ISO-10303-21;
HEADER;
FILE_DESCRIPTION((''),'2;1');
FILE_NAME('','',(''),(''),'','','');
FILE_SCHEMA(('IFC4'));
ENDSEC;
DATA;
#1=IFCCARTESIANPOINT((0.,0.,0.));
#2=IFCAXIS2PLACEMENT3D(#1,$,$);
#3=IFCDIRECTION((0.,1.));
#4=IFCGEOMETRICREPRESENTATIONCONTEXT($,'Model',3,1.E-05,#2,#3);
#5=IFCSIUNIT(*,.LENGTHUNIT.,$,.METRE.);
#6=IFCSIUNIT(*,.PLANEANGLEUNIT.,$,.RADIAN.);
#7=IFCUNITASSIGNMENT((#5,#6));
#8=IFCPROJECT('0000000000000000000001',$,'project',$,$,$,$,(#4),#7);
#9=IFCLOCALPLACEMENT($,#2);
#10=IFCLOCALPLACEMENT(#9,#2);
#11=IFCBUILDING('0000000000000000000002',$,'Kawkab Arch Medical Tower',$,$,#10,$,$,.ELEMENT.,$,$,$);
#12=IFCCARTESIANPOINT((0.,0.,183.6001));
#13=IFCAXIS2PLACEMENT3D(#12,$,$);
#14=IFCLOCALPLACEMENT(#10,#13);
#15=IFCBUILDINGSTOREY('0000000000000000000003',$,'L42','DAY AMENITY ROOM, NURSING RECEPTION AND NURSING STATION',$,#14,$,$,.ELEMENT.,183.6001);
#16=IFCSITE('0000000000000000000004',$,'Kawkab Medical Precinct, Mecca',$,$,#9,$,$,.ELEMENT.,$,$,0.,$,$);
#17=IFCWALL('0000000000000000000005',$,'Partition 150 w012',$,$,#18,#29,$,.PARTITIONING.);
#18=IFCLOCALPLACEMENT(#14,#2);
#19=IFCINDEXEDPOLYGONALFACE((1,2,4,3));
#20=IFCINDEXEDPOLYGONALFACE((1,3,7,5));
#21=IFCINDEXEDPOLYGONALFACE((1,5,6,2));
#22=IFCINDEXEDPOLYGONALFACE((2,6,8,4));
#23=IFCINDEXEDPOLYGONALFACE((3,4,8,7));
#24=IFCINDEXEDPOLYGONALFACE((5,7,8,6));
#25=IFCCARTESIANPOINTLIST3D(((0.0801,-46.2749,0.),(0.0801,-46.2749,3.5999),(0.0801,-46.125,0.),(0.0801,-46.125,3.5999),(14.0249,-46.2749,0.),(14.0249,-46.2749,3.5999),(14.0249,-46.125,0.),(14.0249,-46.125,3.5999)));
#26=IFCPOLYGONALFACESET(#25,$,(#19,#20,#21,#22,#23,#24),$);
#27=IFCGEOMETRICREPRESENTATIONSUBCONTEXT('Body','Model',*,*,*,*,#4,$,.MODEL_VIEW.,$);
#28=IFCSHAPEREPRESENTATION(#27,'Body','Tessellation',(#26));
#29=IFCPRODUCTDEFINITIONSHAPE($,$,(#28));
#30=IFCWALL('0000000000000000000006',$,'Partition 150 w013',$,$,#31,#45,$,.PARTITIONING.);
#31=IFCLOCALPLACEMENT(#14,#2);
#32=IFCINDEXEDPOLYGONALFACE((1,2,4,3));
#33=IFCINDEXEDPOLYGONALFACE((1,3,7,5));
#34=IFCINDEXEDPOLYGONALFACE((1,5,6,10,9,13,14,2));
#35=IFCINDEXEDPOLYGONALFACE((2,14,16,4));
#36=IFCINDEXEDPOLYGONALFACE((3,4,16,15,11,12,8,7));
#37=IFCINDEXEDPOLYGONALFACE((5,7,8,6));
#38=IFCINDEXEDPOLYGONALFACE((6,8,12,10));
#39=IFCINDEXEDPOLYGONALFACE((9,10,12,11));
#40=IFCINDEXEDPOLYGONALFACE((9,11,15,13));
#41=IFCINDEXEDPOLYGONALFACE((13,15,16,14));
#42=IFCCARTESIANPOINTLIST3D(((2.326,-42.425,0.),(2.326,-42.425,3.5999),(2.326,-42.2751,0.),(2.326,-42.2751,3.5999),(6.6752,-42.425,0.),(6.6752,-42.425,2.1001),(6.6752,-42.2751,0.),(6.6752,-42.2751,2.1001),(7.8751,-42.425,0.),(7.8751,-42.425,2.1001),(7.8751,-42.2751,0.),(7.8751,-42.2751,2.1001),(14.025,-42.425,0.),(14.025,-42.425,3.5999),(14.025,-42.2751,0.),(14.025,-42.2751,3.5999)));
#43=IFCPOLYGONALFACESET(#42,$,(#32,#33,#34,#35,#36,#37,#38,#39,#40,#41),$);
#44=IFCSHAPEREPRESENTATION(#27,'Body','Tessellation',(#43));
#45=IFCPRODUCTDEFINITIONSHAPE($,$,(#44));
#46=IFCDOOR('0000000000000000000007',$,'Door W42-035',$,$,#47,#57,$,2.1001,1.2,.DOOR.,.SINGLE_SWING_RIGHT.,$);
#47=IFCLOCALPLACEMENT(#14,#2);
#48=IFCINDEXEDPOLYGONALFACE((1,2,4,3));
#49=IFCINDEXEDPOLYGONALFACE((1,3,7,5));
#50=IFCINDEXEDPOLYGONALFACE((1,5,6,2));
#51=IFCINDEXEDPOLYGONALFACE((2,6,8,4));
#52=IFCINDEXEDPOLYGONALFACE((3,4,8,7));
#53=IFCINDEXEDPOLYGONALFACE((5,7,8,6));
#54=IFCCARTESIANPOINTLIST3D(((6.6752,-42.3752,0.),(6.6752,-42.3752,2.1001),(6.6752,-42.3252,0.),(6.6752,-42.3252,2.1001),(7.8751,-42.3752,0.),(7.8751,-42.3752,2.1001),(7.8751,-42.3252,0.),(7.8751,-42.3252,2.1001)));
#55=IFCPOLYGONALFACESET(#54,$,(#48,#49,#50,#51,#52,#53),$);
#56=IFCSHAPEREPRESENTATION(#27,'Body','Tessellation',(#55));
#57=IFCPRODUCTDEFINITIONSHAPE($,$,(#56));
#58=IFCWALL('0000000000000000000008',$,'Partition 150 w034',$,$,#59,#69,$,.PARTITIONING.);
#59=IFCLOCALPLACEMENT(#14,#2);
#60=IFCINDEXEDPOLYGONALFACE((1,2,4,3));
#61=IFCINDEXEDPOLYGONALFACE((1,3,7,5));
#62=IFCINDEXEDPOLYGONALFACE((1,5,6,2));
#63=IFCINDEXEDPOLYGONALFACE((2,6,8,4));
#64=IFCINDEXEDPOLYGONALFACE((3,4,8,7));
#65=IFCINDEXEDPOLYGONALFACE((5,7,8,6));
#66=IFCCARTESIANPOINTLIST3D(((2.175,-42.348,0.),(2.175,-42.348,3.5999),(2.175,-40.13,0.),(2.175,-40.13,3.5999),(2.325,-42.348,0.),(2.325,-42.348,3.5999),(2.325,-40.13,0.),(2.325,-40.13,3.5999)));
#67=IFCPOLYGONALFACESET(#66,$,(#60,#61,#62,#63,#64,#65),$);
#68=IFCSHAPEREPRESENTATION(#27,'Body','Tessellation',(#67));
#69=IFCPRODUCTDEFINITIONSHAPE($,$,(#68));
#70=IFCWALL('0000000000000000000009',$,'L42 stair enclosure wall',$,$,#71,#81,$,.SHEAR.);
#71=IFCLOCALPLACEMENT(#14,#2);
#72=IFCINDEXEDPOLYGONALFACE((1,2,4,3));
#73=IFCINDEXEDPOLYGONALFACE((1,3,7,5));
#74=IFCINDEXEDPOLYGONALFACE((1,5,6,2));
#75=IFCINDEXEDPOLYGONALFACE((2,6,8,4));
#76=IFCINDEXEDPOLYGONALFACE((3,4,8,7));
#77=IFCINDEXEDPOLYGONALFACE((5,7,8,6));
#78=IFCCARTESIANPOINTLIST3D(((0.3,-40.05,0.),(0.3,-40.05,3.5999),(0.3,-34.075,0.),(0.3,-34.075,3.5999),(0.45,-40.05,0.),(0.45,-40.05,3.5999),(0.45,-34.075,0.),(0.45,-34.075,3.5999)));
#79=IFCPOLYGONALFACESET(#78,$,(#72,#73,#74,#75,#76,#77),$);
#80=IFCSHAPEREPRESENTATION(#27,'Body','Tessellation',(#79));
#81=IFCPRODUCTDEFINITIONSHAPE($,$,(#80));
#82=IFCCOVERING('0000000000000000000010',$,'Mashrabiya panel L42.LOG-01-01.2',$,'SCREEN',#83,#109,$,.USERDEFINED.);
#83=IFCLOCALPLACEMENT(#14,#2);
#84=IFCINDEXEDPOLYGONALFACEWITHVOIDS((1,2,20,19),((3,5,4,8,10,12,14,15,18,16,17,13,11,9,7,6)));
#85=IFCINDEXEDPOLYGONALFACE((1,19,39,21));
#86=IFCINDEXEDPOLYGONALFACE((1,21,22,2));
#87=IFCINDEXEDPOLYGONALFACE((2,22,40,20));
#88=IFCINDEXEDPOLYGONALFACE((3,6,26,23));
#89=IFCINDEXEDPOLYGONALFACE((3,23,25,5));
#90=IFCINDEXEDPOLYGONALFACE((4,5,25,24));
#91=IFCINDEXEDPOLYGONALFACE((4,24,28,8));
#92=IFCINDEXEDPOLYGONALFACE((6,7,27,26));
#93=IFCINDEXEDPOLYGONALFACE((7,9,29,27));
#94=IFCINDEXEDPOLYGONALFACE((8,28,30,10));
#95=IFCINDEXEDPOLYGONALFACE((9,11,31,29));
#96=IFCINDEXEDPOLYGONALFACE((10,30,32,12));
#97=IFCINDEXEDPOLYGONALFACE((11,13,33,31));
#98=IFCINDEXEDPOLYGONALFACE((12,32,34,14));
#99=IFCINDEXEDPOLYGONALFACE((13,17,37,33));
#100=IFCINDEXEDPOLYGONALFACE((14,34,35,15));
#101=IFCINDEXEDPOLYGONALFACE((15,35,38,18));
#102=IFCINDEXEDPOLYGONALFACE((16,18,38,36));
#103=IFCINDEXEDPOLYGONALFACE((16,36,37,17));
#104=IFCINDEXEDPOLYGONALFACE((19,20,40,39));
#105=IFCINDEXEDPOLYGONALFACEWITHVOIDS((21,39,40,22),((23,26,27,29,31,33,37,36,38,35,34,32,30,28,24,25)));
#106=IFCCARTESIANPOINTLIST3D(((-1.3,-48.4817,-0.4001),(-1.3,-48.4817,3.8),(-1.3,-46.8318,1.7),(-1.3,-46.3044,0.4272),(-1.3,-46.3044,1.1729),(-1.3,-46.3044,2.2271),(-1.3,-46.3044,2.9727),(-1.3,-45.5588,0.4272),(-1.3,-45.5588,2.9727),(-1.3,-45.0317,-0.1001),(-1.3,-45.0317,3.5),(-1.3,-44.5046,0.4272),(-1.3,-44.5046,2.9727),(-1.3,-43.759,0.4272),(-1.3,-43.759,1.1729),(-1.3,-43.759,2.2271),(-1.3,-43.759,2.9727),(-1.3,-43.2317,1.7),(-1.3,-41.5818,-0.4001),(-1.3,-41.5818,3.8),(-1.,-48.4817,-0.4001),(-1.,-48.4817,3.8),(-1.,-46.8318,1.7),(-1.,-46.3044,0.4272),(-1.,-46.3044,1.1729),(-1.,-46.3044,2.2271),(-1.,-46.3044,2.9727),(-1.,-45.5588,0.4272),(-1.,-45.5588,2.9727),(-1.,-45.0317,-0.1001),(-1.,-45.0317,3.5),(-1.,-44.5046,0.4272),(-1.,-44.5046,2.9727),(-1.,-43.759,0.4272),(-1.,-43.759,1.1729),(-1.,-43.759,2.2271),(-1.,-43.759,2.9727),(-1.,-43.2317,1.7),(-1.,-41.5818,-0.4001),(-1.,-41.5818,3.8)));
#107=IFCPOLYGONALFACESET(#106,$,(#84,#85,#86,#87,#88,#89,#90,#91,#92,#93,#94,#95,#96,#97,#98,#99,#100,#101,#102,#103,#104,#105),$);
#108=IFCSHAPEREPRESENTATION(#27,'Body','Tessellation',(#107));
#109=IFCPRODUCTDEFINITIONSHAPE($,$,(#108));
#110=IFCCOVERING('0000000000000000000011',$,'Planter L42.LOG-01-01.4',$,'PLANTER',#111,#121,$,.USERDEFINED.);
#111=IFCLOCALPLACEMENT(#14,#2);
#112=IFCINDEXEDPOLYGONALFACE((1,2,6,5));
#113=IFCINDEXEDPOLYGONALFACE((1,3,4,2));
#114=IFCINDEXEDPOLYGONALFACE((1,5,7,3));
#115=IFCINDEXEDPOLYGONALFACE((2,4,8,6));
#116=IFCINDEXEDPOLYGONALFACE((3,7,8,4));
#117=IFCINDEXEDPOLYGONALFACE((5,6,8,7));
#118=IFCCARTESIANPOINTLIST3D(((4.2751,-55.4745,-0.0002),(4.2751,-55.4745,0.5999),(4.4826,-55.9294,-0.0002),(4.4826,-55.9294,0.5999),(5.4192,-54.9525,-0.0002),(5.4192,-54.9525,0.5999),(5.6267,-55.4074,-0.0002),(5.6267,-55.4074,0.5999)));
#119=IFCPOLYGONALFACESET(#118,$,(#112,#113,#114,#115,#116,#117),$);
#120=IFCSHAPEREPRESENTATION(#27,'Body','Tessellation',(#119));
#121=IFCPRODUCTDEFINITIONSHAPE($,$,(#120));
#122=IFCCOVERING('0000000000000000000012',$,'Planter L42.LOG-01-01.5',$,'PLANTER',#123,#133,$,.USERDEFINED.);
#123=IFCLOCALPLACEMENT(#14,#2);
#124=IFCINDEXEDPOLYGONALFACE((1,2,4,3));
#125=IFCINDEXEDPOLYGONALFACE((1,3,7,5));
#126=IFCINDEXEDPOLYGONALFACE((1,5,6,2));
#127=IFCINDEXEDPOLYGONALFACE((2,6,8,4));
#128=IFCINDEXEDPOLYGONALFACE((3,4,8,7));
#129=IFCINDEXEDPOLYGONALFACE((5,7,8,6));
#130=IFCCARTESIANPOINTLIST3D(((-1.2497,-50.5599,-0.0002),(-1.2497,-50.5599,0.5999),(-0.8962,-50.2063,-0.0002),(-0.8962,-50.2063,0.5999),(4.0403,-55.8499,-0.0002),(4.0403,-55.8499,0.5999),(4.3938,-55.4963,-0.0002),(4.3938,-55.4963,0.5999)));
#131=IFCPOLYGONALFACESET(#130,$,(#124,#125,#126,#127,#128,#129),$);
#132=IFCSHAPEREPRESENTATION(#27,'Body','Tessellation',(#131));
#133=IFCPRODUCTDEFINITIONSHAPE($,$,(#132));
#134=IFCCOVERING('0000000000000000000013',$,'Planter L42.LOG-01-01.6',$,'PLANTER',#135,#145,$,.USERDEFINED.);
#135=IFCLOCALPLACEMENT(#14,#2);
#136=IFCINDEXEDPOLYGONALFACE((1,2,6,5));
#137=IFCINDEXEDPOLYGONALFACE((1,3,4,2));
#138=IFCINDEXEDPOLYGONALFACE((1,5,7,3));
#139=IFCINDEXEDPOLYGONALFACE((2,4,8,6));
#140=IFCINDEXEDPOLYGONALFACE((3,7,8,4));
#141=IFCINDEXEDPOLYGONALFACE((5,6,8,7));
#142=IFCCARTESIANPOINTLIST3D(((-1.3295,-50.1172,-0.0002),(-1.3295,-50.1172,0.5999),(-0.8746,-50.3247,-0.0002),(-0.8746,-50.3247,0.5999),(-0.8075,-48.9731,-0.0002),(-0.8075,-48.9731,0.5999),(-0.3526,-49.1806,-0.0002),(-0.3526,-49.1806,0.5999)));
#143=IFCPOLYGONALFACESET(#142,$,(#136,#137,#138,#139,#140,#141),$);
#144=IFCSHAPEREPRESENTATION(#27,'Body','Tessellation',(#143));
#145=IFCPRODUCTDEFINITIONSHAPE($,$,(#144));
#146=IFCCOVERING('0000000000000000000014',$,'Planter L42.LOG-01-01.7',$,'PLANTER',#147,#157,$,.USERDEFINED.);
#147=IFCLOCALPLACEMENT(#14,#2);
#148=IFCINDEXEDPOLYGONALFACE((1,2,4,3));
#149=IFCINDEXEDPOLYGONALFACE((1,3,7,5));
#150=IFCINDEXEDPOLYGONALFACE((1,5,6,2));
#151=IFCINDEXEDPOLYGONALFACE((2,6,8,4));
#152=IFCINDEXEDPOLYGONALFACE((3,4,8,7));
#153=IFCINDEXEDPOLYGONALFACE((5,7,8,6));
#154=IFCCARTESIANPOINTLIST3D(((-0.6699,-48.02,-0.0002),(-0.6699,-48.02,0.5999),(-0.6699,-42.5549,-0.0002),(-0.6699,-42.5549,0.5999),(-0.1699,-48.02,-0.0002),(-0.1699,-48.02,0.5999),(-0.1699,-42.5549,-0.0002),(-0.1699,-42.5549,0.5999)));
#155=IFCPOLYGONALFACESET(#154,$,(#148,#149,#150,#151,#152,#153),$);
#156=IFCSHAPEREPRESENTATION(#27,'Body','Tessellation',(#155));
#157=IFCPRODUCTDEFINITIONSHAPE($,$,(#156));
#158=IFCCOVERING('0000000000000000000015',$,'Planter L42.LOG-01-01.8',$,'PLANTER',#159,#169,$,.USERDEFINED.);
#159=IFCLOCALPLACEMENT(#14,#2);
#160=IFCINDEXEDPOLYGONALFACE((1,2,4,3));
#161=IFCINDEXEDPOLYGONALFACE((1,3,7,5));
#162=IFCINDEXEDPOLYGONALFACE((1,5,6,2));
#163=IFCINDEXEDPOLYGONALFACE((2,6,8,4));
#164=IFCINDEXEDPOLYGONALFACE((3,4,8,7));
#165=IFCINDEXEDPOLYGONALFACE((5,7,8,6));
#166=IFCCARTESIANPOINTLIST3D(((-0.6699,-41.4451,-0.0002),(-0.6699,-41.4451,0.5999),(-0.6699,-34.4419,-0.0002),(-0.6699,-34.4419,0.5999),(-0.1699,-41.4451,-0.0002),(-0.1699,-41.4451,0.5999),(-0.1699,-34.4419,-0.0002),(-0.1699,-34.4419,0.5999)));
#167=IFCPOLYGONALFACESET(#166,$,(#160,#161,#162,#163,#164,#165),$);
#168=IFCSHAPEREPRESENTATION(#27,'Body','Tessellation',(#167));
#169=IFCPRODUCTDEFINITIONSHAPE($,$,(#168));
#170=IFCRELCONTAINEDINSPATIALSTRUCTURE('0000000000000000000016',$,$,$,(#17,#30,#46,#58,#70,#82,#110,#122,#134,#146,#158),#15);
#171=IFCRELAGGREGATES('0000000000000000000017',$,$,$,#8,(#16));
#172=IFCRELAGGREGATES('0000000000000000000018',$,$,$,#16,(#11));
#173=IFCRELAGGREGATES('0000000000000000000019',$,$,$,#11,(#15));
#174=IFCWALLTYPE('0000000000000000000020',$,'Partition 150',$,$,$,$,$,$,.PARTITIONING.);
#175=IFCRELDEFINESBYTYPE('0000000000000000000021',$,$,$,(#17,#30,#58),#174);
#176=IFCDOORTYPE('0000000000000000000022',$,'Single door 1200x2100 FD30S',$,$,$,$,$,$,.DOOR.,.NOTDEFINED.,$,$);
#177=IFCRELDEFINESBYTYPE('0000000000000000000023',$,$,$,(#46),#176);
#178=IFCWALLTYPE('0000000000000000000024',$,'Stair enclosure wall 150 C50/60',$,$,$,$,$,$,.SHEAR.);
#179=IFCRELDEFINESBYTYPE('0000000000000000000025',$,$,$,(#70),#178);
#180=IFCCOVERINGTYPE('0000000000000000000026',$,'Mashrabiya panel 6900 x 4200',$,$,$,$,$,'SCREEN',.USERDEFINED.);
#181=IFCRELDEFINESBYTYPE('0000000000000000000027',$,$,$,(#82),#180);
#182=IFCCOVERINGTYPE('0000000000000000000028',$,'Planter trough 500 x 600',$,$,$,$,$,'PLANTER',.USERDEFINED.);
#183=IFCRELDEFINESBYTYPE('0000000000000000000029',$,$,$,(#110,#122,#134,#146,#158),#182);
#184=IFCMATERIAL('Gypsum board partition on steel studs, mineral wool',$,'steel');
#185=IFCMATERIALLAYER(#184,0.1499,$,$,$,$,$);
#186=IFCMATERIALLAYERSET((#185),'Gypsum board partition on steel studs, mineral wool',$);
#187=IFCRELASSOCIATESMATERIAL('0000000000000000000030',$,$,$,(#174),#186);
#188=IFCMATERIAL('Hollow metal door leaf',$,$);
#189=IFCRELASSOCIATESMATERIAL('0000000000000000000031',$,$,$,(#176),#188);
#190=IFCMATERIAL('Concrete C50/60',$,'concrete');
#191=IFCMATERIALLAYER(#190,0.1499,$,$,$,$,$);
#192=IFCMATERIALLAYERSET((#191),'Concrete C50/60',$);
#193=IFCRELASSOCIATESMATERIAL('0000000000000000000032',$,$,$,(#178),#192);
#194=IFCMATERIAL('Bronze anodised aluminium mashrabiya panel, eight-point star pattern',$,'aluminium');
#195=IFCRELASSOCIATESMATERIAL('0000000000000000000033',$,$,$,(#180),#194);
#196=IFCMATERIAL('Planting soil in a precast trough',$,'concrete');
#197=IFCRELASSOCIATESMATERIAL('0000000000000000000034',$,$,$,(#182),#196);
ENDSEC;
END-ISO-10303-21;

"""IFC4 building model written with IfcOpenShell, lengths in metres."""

from ifc_helpers import new_model, si_unit, direction, frame, frame_2d, origin, origin_2d, place, context, subcontext, project, spatial, polyline, rectangle, outline, extrude, material, layer, layer_set, material_profile, profile_set, type_object, element, fill, save


model = new_model("IFC4")

# Units and contexts
model_context = context("Model", 3, precision=1e-05, world=origin(), true_north=direction((0.0, 1.0)))
body_context = subcontext(model_context, "Body", "Model", "MODEL_VIEW")
ifc_project = project(units=[si_unit("LENGTHUNIT", "METRE"), si_unit("PLANEANGLEUNIT", "RADIAN")], contexts=[model_context])

# Site, building, storey
site_placement = place(None, origin())
site = spatial("IfcSite", under=ifc_project, at=site_placement, Name="Kawkab Medical Precinct, Mecca", CompositionType="ELEMENT", RefElevation=0.0)
building_placement = place(site_placement, origin())
building = spatial("IfcBuilding", under=site, at=building_placement, Name="Kawkab Arch Medical Tower", CompositionType="ELEMENT")
storey_placement = place(building_placement, frame((0.0, 0.0, 183.6001)))
storey = spatial("IfcBuildingStorey", under=building, at=storey_placement, Name="L42", Description="DAY AMENITY ROOM, NURSING RECEPTION AND NURSING STATION", CompositionType="ELEMENT", Elevation=183.6001)

# Wall
ifc_material_1 = material(Name="Gypsum board partition on steel studs, mineral wool", Category="steel")
ifc_layer_1 = layer(ifc_material_1, 0.1499)
ifc_layer_set_1 = layer_set([ifc_layer_1], Name="Gypsum board partition on steel studs, mineral wool")
wall_type_1 = type_object("IfcWallType", Name="Partition 150", PredefinedType="PARTITIONING", material=ifc_layer_set_1)
wall_1_placement = place(storey_placement, frame((0.0801, -46.2, 0.0), z_axis=(0.0, 0.0, 1.0), x_axis=(1.0, 0.0, 0.0)))
element("IfcWall", 1, at=wall_1_placement, inside=storey, type_object=wall_type_1, Name="Partition 150 w012", PredefinedType="PARTITIONING", context=body_context, shape_type="SweptSolid", body=[
    extrude(rectangle(XDim=13.9448, YDim=0.1499, at=frame_2d((6.9724, 0.0))), origin(), (0.0, 0.0, 1.0), 3.5999),
])

# Wall, opening, door
wall_2_placement = place(storey_placement, frame((2.3259, -42.3501, 0.0), z_axis=(0.0, 0.0, 1.0), x_axis=(1.0, 0.0, 0.0)))
wall_2 = element("IfcWall", 2, at=wall_2_placement, inside=storey, type_object=wall_type_1, Name="Partition 150 w013", PredefinedType="PARTITIONING", context=body_context, shape_type="SweptSolid", body=[
    extrude(rectangle(XDim=11.699, YDim=0.1499, at=frame_2d((5.8496, 0.0))), origin(), (0.0, 0.0, 1.0), 3.5999),
])
opening_placement = place(wall_2_placement, frame((4.3491, 0.0, 0.0)))
opening = element("IfcOpeningElement", 3, at=opening_placement, cuts=wall_2, PredefinedType="OPENING", context=body_context, shape_type="SweptSolid", body=[
    extrude(rectangle(XDim=1.2, YDim=2.1001, at=frame_2d((0.6001, 1.05))), frame((0.0, 0.085, 0.0), z_axis=(0.0, -1.0, 0.0), x_axis=(1.0, 0.0, 0.0)), (0.0, 0.0, 1.0), 0.1699),
])
ifc_material_2 = material(Name="Hollow metal door leaf")
door_type = type_object("IfcDoorType", Name="Single door 1200x2100 FD30S", OperationType="NOTDEFINED", PredefinedType="DOOR", material=ifc_material_2)
door_placement = place(opening_placement, origin())
door = element("IfcDoor", 4, at=door_placement, inside=storey, type_object=door_type, Name="Door W42-035", OperationType="SINGLE_SWING_RIGHT", OverallHeight=2.1001, OverallWidth=1.2, PredefinedType="DOOR", context=body_context, shape_type="SweptSolid", body=[
    extrude(rectangle(XDim=1.2, YDim=2.1001, at=frame_2d((0.6001, 1.05))), frame((0.0, 0.0249, 0.0), z_axis=(0.0, -1.0, 0.0), x_axis=(1.0, 0.0, 0.0)), (0.0, 0.0, 1.0), 0.05),
])
fill(opening, door)

# Walls
wall_3_placement = place(storey_placement, frame((2.25, -42.3479, 0.0), z_axis=(0.0, 0.0, 1.0), x_axis=(0.0, 1.0, 0.0)))
element("IfcWall", 5, at=wall_3_placement, inside=storey, type_object=wall_type_1, Name="Partition 150 w034", PredefinedType="PARTITIONING", context=body_context, shape_type="SweptSolid", body=[
    extrude(rectangle(XDim=2.218, YDim=0.1499, at=frame_2d((1.1089, 0.0))), origin(), (0.0, 0.0, 1.0), 3.5999),
])
ifc_material_3 = material(Name="Concrete C50/60", Category="concrete")
ifc_layer_2 = layer(ifc_material_3, 0.1499)
ifc_layer_set_2 = layer_set([ifc_layer_2], Name="Concrete C50/60")
wall_type_2 = type_object("IfcWallType", Name="Stair enclosure wall 150 C50/60", PredefinedType="SHEAR", material=ifc_layer_set_2)
wall_4_placement = place(storey_placement, frame((0.375, -40.05, 0.0), z_axis=(0.0, 0.0, 1.0), x_axis=(0.0, 1.0, 0.0)))
element("IfcWall", 6, at=wall_4_placement, inside=storey, type_object=wall_type_2, Name="L42 stair enclosure wall", PredefinedType="SHEAR", context=body_context, shape_type="SweptSolid", body=[
    extrude(rectangle(XDim=5.9751, YDim=0.1499, at=frame_2d((2.9875, 0.0))), origin(), (0.0, 0.0, 1.0), 3.5999),
])

# Coverings
ifc_material_4 = material(Name="Bronze anodised aluminium mashrabiya panel, eight-point star pattern", Category="aluminium")
ifc_material_profile_1 = material_profile(ifc_material_4, outline(polyline([(-3.45, -2.1001), (3.45, -2.1001), (3.45, 2.1001), (-3.45, 2.1001), (-3.45, -2.1001)]), holes=[polyline([(1.8, 0.0), (1.2727, 0.5271), (1.2727, 1.2727), (0.5271, 1.2727), (0.0, 1.8), (-0.5271, 1.2727), (-1.2727, 1.2727), (-1.2727, 0.5271), (-1.8, 0.0), (-1.2727, -0.5271), (-1.2727, -1.2727), (-0.5271, -1.2727), (0.0, -1.8), (0.5271, -1.2727), (1.2727, -1.2727), (1.2727, -0.5271), (1.8, 0.0)])]), Name="Mashrabiya panel 6900x4200")
ifc_profile_set_1 = profile_set([ifc_material_profile_1], Name="Bronze anodised aluminium mashrabiya panel, eight-point star pattern")
covering_type_1 = type_object("IfcCoveringType", Name="Mashrabiya panel 6900 x 4200", ElementType="SCREEN", PredefinedType="USERDEFINED", material=ifc_profile_set_1)
covering_1_placement = place(storey_placement, frame((-1.0, -45.0317, 1.7), z_axis=(-1.0, 0.0, 0.0), x_axis=(0.0, -1.0, 0.0)))
element("IfcCovering", 7, at=covering_1_placement, inside=storey, type_object=covering_type_1, Name="Mashrabiya panel L42.LOG-01-01.2", ObjectType="SCREEN", PredefinedType="USERDEFINED", context=body_context, shape_type="SweptSolid", body=[
    extrude(outline(polyline([(-3.45, -2.1001), (3.45, -2.1001), (3.45, 2.1001), (-3.45, 2.1001), (-3.45, -2.1001)]), holes=[polyline([(1.8, 0.0), (1.2727, 0.5271), (1.2727, 1.2727), (0.5271, 1.2727), (0.0, 1.8), (-0.5271, 1.2727), (-1.2727, 1.2727), (-1.2727, 0.5271), (-1.8, 0.0), (-1.2727, -0.5271), (-1.2727, -1.2727), (-0.5271, -1.2727), (0.0, -1.8), (0.5271, -1.2727), (1.2727, -1.2727), (1.2727, -0.5271), (1.8, 0.0)])]), origin(), (0.0, 0.0, 1.0), 0.3),
])
ifc_material_5 = material(Name="Planting soil in a precast trough", Category="concrete")
ifc_material_profile_2 = material_profile(ifc_material_5, rectangle(XDim=0.5, YDim=0.6001, at=origin_2d()), Name="Trough 500x600")
ifc_profile_set_2 = profile_set([ifc_material_profile_2], Name="Planting soil in a precast trough")
covering_type_2 = type_object("IfcCoveringType", Name="Planter trough 500 x 600", ElementType="PLANTER", PredefinedType="USERDEFINED", material=ifc_profile_set_2)
covering_2_placement = place(storey_placement, frame((5.5229, -55.1799, 0.2998), z_axis=(-0.90978, -0.41509, 0.0), x_axis=(0.41509, -0.90978, 0.0)))
element("IfcCovering", 8, at=covering_2_placement, inside=storey, type_object=covering_type_2, Name="Planter L42.LOG-01-01.4", ObjectType="PLANTER", PredefinedType="USERDEFINED", context=body_context, shape_type="SweptSolid", body=[
    extrude(rectangle(XDim=0.5, YDim=0.6001, at=origin_2d()), origin(), (0.0, 0.0, 1.0), 1.2576),
])
covering_3_placement = place(storey_placement, frame((4.217, -55.6731, 0.2998), z_axis=(-0.707107, 0.707107, 0.0), x_axis=(-0.707107, -0.707107, 0.0)))
element("IfcCovering", 9, at=covering_3_placement, inside=storey, type_object=covering_type_2, Name="Planter L42.LOG-01-01.5", ObjectType="PLANTER", PredefinedType="USERDEFINED", context=body_context, shape_type="SweptSolid", body=[
    extrude(rectangle(XDim=0.5, YDim=0.6001, at=origin_2d()), origin(), (0.0, 0.0, 1.0), 7.4812),
])
covering_4_placement = place(storey_placement, frame((-1.1021, -50.2209, 0.2998), z_axis=(0.41509, 0.90978, 0.0), x_axis=(-0.90978, 0.41509, 0.0)))
element("IfcCovering", 10, at=covering_4_placement, inside=storey, type_object=covering_type_2, Name="Planter L42.LOG-01-01.6", ObjectType="PLANTER", PredefinedType="USERDEFINED", context=body_context, shape_type="SweptSolid", body=[
    extrude(rectangle(XDim=0.5, YDim=0.6001, at=origin_2d()), origin(), (0.0, 0.0, 1.0), 1.2576),
])
covering_5_placement = place(storey_placement, frame((-0.4199, -48.02, 0.2998), z_axis=(0.0, 1.0, 0.0), x_axis=(-1.0, 0.0, 0.0)))
element("IfcCovering", 11, at=covering_5_placement, inside=storey, type_object=covering_type_2, Name="Planter L42.LOG-01-01.7", ObjectType="PLANTER", PredefinedType="USERDEFINED", context=body_context, shape_type="SweptSolid", body=[
    extrude(rectangle(XDim=0.5, YDim=0.6001, at=origin_2d()), origin(), (0.0, 0.0, 1.0), 5.4651),
])
covering_6_placement = place(storey_placement, frame((-0.4199, -41.4451, 0.2998), z_axis=(0.0, 1.0, 0.0), x_axis=(-1.0, 0.0, 0.0)))
element("IfcCovering", 12, at=covering_6_placement, inside=storey, type_object=covering_type_2, Name="Planter L42.LOG-01-01.8", ObjectType="PLANTER", PredefinedType="USERDEFINED", context=body_context, shape_type="SweptSolid", body=[
    extrude(rectangle(XDim=0.5, YDim=0.6001, at=origin_2d()), origin(), (0.0, 0.0, 1.0), 7.0032),
])

save(model, "model.ifc")
